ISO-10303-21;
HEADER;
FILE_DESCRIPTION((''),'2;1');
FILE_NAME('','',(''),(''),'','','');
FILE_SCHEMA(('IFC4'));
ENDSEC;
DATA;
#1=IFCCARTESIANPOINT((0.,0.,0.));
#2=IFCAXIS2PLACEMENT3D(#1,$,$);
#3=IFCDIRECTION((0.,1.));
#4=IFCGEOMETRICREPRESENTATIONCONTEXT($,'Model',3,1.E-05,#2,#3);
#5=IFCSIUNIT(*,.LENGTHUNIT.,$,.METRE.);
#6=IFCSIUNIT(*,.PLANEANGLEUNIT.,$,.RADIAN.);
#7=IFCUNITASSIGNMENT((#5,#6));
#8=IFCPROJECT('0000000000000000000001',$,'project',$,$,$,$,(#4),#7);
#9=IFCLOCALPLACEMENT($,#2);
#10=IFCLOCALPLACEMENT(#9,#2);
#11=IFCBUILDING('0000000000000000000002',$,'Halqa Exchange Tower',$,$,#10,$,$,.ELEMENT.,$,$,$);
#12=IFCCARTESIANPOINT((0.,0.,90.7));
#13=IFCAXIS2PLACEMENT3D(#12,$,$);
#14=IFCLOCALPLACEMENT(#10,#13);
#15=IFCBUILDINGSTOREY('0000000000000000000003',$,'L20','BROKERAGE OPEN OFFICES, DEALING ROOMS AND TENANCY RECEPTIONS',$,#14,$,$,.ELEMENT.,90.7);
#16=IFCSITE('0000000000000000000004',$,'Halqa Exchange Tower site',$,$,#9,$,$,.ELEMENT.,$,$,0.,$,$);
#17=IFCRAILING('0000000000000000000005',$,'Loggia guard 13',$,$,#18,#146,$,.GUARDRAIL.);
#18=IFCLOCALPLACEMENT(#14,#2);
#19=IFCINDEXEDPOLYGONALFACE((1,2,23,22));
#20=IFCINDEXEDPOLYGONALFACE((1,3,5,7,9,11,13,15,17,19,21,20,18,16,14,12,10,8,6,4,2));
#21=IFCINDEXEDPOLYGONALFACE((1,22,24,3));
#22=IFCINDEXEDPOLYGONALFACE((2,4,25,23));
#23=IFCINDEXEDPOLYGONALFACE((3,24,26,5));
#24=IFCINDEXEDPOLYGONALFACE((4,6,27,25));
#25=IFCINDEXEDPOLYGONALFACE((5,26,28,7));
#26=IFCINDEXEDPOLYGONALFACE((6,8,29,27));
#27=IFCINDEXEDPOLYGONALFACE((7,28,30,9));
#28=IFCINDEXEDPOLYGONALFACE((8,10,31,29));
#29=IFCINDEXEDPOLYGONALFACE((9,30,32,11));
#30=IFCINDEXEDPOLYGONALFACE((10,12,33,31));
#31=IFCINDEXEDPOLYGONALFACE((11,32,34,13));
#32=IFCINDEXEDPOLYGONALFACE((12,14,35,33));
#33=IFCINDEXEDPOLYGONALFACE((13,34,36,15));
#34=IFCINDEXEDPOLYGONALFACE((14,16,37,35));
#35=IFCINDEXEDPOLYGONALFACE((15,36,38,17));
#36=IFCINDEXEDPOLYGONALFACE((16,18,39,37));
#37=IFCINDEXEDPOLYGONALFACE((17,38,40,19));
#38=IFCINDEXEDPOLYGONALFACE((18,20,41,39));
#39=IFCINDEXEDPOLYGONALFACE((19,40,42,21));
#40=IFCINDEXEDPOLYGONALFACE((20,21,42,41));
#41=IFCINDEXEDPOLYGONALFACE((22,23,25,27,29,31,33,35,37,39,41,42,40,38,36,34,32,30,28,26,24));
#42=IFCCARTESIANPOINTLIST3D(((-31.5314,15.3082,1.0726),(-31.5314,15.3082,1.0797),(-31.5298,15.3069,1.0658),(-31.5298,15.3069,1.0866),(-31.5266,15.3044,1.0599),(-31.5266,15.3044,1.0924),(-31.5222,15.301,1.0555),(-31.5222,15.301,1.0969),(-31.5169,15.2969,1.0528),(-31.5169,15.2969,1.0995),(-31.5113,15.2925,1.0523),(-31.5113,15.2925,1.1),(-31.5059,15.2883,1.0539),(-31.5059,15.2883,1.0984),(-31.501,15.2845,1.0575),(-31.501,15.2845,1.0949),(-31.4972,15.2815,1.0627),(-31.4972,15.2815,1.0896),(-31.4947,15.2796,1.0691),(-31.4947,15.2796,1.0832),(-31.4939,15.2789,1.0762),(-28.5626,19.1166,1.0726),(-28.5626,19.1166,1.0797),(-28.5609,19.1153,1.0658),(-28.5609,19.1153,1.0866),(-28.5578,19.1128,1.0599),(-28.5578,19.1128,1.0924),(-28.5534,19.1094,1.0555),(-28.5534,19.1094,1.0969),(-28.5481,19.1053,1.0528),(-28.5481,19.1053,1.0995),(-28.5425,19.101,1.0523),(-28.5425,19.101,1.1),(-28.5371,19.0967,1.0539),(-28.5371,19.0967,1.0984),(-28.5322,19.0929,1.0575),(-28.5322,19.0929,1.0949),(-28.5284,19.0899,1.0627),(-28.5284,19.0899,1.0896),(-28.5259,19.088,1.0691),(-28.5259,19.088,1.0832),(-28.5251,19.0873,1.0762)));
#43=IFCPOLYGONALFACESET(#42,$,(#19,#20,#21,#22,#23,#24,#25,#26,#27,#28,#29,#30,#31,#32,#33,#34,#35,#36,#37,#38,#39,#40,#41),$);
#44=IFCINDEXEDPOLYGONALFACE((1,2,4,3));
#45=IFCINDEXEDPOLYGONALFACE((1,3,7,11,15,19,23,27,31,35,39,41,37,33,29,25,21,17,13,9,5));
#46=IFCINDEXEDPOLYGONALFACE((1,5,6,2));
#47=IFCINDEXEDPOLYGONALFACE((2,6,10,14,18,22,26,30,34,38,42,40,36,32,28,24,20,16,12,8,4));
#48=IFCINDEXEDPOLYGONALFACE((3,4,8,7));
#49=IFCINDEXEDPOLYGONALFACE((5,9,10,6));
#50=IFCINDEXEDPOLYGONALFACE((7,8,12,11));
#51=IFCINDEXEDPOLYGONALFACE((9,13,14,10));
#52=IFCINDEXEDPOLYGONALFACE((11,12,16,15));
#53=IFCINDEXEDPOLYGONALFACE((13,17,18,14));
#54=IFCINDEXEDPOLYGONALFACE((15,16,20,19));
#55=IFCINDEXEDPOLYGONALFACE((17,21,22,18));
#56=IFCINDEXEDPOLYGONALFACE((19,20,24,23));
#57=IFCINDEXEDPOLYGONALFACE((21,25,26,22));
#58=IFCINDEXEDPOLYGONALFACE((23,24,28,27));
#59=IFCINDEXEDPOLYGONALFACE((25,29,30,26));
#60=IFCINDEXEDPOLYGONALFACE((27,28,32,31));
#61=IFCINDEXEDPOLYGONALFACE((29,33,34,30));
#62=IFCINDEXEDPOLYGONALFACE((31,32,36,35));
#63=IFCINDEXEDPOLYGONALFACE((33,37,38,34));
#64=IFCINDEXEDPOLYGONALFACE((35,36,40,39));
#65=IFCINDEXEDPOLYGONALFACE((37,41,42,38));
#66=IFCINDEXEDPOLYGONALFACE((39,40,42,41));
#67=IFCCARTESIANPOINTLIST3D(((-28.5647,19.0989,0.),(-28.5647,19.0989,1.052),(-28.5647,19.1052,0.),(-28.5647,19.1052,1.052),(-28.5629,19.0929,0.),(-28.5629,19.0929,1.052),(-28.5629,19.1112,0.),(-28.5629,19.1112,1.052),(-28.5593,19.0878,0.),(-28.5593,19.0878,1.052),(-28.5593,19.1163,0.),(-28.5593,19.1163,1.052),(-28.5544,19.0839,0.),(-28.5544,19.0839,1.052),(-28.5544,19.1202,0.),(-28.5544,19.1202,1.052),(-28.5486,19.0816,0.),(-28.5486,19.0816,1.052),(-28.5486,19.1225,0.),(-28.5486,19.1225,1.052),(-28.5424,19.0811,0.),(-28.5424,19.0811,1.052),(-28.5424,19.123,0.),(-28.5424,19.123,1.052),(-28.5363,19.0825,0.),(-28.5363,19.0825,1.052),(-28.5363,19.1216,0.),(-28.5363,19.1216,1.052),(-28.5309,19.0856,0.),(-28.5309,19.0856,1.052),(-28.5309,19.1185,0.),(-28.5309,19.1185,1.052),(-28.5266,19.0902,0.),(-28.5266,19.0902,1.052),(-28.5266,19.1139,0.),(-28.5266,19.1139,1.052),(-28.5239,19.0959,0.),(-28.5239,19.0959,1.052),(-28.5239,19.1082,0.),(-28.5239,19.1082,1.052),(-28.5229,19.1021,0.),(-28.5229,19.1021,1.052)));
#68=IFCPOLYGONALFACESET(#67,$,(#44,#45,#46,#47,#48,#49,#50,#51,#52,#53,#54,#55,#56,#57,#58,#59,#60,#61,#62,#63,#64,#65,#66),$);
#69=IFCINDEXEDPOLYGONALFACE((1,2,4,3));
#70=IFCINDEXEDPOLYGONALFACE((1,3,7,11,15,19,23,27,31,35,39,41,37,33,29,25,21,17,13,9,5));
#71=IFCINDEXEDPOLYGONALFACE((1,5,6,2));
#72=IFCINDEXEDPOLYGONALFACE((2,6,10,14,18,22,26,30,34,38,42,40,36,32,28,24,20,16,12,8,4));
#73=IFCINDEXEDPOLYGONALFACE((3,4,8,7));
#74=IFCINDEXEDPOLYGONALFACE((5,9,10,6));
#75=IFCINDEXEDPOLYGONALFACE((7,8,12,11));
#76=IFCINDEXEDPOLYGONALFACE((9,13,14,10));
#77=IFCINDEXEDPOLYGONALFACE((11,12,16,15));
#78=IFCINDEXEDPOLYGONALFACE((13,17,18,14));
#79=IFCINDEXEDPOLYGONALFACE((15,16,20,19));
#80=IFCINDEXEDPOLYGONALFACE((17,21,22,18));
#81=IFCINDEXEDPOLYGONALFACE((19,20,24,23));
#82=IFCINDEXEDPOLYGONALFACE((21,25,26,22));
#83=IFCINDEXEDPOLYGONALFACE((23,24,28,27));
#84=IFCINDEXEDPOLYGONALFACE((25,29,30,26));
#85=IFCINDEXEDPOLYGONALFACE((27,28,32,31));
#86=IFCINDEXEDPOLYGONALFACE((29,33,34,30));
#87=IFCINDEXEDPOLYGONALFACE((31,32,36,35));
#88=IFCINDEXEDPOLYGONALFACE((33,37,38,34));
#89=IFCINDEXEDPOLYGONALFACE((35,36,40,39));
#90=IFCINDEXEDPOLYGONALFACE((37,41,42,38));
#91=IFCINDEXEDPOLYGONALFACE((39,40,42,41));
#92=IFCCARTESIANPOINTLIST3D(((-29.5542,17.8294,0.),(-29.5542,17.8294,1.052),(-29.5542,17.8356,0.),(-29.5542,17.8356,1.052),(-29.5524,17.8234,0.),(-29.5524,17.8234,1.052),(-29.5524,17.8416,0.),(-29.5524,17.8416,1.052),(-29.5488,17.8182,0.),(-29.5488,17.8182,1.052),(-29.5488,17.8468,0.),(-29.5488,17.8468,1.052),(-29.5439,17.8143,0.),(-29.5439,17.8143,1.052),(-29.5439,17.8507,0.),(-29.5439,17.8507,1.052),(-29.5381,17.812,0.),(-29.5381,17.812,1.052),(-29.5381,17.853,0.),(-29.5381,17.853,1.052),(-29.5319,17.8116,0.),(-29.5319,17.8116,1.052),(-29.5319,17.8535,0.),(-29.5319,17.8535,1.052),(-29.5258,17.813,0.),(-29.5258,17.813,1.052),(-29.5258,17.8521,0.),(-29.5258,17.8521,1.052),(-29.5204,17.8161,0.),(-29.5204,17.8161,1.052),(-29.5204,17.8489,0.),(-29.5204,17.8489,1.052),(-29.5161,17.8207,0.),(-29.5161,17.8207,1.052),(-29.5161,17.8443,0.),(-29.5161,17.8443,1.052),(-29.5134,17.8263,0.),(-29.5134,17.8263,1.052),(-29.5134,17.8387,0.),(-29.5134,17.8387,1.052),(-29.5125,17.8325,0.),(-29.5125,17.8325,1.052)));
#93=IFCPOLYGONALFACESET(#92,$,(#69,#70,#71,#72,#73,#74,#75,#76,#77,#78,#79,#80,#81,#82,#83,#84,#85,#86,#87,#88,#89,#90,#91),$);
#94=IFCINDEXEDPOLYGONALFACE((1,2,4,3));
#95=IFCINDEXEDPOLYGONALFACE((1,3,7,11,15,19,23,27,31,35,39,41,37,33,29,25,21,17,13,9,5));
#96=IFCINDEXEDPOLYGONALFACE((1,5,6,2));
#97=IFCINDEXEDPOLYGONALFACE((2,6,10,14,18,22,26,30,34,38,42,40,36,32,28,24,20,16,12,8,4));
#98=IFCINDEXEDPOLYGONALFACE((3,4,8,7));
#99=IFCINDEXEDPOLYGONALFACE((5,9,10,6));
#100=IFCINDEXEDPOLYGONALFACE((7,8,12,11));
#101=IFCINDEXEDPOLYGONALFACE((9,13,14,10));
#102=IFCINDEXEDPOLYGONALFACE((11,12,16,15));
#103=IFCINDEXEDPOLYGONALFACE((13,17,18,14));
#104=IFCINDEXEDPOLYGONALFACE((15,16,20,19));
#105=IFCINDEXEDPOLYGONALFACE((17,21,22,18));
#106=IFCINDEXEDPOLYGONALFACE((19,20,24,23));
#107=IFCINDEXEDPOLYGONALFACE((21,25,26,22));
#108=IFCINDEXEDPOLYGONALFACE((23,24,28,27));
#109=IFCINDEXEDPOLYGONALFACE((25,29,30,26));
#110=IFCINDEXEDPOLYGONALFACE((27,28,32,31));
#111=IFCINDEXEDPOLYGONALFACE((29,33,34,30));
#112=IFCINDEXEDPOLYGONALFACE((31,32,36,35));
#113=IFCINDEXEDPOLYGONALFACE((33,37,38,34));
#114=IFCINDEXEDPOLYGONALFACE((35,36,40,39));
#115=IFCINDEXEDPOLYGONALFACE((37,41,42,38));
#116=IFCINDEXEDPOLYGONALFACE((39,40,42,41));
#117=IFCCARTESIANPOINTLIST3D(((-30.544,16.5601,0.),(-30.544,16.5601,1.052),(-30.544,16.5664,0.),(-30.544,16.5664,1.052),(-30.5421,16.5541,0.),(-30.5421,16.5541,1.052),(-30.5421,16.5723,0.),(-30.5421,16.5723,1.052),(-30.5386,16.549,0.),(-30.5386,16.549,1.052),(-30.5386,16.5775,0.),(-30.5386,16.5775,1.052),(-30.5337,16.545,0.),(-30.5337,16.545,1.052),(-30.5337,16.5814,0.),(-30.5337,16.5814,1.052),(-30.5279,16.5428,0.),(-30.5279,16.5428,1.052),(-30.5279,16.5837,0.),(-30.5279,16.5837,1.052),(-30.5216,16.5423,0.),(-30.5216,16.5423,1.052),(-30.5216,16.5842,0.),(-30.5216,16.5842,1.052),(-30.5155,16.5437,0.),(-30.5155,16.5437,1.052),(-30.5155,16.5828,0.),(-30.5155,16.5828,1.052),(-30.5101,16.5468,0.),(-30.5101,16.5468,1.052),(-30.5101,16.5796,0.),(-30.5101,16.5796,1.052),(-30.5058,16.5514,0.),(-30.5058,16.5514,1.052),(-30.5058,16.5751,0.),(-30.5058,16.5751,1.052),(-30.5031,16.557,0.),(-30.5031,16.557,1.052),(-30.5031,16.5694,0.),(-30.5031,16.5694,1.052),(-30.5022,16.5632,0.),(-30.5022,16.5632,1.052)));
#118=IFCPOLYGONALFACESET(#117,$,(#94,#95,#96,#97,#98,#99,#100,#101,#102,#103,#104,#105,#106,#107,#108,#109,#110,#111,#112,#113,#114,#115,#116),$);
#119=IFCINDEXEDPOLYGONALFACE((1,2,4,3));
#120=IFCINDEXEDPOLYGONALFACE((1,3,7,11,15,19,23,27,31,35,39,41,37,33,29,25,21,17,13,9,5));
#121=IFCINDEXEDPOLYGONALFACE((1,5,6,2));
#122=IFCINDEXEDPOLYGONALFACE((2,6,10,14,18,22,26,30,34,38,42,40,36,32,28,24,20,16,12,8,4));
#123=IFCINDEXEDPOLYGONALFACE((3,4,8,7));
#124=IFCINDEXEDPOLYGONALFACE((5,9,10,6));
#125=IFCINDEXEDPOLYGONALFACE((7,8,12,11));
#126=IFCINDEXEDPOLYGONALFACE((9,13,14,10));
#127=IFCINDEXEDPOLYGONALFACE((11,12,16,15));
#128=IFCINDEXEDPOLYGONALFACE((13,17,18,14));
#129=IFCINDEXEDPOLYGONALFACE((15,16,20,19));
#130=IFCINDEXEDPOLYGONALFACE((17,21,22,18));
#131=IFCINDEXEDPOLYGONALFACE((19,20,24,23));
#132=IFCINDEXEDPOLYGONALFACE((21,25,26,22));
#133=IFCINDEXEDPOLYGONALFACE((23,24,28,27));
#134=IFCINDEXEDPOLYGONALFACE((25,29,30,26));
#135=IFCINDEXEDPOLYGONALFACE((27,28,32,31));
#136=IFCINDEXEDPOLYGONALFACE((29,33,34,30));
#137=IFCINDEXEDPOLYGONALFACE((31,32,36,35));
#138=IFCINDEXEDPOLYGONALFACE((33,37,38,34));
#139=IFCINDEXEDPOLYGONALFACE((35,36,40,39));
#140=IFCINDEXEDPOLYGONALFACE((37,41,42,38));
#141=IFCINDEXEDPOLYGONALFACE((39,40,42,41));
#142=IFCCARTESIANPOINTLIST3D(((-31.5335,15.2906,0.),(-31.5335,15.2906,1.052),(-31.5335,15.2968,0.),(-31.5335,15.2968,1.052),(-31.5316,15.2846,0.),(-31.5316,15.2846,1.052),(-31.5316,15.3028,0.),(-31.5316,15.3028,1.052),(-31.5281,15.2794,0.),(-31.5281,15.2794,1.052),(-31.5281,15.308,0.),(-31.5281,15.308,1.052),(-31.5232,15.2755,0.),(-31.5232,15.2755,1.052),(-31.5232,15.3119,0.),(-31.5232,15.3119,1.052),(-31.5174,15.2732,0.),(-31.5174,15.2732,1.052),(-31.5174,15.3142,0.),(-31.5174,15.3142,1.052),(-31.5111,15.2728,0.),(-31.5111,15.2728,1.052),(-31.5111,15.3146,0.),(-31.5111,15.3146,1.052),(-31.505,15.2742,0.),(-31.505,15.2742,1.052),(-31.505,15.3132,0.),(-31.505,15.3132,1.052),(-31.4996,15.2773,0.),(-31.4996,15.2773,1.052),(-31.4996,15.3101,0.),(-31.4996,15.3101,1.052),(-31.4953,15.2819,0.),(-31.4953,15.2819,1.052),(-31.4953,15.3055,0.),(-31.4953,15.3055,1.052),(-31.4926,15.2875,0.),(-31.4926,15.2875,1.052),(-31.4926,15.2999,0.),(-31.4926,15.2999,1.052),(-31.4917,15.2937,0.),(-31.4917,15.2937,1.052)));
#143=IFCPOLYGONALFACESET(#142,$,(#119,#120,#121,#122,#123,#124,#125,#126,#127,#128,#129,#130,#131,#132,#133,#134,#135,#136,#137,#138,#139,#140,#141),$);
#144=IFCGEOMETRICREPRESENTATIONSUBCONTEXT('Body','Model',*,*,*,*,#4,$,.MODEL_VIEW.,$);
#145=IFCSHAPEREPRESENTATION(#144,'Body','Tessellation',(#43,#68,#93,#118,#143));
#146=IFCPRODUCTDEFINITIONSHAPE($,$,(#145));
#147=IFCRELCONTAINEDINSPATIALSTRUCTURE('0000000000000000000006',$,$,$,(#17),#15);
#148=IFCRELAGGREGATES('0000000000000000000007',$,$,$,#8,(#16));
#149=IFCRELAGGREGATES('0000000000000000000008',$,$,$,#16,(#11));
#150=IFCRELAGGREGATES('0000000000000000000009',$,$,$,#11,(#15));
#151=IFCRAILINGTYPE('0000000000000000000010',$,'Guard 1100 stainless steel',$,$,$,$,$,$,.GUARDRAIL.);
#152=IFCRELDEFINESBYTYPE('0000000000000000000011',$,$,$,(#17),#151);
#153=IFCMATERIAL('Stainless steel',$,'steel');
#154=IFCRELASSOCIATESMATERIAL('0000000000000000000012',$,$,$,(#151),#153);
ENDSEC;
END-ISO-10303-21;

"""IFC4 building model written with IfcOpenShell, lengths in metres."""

from ifc_helpers import new_model, si_unit, direction, frame, origin, origin_2d, place, context, subcontext, project, spatial, circle, extrude, material, type_object, element, save


model = new_model("IFC4")

# Units and contexts
model_context = context("Model", 3, precision=1e-05, world=origin(), true_north=direction((0.0, 1.0)))
body_context = subcontext(model_context, "Body", "Model", "MODEL_VIEW")
ifc_project = project(units=[si_unit("LENGTHUNIT", "METRE"), si_unit("PLANEANGLEUNIT", "RADIAN")], contexts=[model_context])

# Site, building, storey
site_placement = place(None, origin())
site = spatial("IfcSite", under=ifc_project, at=site_placement, Name="Halqa Exchange Tower site", CompositionType="ELEMENT", RefElevation=0.0)
building_placement = place(site_placement, origin())
building = spatial("IfcBuilding", under=site, at=building_placement, Name="Halqa Exchange Tower", CompositionType="ELEMENT")
storey_placement = place(building_placement, frame((0.0, 0.0, 90.7)))
storey = spatial("IfcBuildingStorey", under=building, at=storey_placement, Name="L20", Description="BROKERAGE OPEN OFFICES, DEALING ROOMS AND TENANCY RECEPTIONS", CompositionType="ELEMENT", Elevation=90.7)

# Railing
ifc_material_1 = material(Name="Stainless steel", Category="steel")
railing_type = type_object("IfcRailingType", Name="Guard 1100 stainless steel", PredefinedType="GUARDRAIL", material=ifc_material_1)
railing_1_placement = place(storey_placement, frame((-28.5439, 19.1021, 0.0)))
element("IfcRailing", 1, at=railing_1_placement, inside=storey, type_object=railing_type, Name="Loggia guard 13", PredefinedType="GUARDRAIL", context=body_context, shape_type="SweptSolid", body=[
    extrude(circle(Radius=0.0239, at=origin_2d()), frame((0.0, 0.0, 1.0762), z_axis=(-0.614805, -0.788679, 0.0), x_axis=(0.788679, -0.614805, 0.0)), (0.0, 0.0, 1.0), 4.8289),
    extrude(circle(Radius=0.021, at=origin_2d()), origin(), (0.0, 0.0, 1.0), 1.052),
    extrude(circle(Radius=0.021, at=origin_2d()), frame((-0.9895, -1.2695, 0.0)), (0.0, 0.0, 1.0), 1.052),
    extrude(circle(Radius=0.021, at=origin_2d()), frame((-1.9792, -2.5388, 0.0)), (0.0, 0.0, 1.0), 1.052),
    extrude(circle(Radius=0.021, at=origin_2d()), frame((-2.9688, -3.8083, 0.0)), (0.0, 0.0, 1.0), 1.052),
])

save(model, "model.ifc")
